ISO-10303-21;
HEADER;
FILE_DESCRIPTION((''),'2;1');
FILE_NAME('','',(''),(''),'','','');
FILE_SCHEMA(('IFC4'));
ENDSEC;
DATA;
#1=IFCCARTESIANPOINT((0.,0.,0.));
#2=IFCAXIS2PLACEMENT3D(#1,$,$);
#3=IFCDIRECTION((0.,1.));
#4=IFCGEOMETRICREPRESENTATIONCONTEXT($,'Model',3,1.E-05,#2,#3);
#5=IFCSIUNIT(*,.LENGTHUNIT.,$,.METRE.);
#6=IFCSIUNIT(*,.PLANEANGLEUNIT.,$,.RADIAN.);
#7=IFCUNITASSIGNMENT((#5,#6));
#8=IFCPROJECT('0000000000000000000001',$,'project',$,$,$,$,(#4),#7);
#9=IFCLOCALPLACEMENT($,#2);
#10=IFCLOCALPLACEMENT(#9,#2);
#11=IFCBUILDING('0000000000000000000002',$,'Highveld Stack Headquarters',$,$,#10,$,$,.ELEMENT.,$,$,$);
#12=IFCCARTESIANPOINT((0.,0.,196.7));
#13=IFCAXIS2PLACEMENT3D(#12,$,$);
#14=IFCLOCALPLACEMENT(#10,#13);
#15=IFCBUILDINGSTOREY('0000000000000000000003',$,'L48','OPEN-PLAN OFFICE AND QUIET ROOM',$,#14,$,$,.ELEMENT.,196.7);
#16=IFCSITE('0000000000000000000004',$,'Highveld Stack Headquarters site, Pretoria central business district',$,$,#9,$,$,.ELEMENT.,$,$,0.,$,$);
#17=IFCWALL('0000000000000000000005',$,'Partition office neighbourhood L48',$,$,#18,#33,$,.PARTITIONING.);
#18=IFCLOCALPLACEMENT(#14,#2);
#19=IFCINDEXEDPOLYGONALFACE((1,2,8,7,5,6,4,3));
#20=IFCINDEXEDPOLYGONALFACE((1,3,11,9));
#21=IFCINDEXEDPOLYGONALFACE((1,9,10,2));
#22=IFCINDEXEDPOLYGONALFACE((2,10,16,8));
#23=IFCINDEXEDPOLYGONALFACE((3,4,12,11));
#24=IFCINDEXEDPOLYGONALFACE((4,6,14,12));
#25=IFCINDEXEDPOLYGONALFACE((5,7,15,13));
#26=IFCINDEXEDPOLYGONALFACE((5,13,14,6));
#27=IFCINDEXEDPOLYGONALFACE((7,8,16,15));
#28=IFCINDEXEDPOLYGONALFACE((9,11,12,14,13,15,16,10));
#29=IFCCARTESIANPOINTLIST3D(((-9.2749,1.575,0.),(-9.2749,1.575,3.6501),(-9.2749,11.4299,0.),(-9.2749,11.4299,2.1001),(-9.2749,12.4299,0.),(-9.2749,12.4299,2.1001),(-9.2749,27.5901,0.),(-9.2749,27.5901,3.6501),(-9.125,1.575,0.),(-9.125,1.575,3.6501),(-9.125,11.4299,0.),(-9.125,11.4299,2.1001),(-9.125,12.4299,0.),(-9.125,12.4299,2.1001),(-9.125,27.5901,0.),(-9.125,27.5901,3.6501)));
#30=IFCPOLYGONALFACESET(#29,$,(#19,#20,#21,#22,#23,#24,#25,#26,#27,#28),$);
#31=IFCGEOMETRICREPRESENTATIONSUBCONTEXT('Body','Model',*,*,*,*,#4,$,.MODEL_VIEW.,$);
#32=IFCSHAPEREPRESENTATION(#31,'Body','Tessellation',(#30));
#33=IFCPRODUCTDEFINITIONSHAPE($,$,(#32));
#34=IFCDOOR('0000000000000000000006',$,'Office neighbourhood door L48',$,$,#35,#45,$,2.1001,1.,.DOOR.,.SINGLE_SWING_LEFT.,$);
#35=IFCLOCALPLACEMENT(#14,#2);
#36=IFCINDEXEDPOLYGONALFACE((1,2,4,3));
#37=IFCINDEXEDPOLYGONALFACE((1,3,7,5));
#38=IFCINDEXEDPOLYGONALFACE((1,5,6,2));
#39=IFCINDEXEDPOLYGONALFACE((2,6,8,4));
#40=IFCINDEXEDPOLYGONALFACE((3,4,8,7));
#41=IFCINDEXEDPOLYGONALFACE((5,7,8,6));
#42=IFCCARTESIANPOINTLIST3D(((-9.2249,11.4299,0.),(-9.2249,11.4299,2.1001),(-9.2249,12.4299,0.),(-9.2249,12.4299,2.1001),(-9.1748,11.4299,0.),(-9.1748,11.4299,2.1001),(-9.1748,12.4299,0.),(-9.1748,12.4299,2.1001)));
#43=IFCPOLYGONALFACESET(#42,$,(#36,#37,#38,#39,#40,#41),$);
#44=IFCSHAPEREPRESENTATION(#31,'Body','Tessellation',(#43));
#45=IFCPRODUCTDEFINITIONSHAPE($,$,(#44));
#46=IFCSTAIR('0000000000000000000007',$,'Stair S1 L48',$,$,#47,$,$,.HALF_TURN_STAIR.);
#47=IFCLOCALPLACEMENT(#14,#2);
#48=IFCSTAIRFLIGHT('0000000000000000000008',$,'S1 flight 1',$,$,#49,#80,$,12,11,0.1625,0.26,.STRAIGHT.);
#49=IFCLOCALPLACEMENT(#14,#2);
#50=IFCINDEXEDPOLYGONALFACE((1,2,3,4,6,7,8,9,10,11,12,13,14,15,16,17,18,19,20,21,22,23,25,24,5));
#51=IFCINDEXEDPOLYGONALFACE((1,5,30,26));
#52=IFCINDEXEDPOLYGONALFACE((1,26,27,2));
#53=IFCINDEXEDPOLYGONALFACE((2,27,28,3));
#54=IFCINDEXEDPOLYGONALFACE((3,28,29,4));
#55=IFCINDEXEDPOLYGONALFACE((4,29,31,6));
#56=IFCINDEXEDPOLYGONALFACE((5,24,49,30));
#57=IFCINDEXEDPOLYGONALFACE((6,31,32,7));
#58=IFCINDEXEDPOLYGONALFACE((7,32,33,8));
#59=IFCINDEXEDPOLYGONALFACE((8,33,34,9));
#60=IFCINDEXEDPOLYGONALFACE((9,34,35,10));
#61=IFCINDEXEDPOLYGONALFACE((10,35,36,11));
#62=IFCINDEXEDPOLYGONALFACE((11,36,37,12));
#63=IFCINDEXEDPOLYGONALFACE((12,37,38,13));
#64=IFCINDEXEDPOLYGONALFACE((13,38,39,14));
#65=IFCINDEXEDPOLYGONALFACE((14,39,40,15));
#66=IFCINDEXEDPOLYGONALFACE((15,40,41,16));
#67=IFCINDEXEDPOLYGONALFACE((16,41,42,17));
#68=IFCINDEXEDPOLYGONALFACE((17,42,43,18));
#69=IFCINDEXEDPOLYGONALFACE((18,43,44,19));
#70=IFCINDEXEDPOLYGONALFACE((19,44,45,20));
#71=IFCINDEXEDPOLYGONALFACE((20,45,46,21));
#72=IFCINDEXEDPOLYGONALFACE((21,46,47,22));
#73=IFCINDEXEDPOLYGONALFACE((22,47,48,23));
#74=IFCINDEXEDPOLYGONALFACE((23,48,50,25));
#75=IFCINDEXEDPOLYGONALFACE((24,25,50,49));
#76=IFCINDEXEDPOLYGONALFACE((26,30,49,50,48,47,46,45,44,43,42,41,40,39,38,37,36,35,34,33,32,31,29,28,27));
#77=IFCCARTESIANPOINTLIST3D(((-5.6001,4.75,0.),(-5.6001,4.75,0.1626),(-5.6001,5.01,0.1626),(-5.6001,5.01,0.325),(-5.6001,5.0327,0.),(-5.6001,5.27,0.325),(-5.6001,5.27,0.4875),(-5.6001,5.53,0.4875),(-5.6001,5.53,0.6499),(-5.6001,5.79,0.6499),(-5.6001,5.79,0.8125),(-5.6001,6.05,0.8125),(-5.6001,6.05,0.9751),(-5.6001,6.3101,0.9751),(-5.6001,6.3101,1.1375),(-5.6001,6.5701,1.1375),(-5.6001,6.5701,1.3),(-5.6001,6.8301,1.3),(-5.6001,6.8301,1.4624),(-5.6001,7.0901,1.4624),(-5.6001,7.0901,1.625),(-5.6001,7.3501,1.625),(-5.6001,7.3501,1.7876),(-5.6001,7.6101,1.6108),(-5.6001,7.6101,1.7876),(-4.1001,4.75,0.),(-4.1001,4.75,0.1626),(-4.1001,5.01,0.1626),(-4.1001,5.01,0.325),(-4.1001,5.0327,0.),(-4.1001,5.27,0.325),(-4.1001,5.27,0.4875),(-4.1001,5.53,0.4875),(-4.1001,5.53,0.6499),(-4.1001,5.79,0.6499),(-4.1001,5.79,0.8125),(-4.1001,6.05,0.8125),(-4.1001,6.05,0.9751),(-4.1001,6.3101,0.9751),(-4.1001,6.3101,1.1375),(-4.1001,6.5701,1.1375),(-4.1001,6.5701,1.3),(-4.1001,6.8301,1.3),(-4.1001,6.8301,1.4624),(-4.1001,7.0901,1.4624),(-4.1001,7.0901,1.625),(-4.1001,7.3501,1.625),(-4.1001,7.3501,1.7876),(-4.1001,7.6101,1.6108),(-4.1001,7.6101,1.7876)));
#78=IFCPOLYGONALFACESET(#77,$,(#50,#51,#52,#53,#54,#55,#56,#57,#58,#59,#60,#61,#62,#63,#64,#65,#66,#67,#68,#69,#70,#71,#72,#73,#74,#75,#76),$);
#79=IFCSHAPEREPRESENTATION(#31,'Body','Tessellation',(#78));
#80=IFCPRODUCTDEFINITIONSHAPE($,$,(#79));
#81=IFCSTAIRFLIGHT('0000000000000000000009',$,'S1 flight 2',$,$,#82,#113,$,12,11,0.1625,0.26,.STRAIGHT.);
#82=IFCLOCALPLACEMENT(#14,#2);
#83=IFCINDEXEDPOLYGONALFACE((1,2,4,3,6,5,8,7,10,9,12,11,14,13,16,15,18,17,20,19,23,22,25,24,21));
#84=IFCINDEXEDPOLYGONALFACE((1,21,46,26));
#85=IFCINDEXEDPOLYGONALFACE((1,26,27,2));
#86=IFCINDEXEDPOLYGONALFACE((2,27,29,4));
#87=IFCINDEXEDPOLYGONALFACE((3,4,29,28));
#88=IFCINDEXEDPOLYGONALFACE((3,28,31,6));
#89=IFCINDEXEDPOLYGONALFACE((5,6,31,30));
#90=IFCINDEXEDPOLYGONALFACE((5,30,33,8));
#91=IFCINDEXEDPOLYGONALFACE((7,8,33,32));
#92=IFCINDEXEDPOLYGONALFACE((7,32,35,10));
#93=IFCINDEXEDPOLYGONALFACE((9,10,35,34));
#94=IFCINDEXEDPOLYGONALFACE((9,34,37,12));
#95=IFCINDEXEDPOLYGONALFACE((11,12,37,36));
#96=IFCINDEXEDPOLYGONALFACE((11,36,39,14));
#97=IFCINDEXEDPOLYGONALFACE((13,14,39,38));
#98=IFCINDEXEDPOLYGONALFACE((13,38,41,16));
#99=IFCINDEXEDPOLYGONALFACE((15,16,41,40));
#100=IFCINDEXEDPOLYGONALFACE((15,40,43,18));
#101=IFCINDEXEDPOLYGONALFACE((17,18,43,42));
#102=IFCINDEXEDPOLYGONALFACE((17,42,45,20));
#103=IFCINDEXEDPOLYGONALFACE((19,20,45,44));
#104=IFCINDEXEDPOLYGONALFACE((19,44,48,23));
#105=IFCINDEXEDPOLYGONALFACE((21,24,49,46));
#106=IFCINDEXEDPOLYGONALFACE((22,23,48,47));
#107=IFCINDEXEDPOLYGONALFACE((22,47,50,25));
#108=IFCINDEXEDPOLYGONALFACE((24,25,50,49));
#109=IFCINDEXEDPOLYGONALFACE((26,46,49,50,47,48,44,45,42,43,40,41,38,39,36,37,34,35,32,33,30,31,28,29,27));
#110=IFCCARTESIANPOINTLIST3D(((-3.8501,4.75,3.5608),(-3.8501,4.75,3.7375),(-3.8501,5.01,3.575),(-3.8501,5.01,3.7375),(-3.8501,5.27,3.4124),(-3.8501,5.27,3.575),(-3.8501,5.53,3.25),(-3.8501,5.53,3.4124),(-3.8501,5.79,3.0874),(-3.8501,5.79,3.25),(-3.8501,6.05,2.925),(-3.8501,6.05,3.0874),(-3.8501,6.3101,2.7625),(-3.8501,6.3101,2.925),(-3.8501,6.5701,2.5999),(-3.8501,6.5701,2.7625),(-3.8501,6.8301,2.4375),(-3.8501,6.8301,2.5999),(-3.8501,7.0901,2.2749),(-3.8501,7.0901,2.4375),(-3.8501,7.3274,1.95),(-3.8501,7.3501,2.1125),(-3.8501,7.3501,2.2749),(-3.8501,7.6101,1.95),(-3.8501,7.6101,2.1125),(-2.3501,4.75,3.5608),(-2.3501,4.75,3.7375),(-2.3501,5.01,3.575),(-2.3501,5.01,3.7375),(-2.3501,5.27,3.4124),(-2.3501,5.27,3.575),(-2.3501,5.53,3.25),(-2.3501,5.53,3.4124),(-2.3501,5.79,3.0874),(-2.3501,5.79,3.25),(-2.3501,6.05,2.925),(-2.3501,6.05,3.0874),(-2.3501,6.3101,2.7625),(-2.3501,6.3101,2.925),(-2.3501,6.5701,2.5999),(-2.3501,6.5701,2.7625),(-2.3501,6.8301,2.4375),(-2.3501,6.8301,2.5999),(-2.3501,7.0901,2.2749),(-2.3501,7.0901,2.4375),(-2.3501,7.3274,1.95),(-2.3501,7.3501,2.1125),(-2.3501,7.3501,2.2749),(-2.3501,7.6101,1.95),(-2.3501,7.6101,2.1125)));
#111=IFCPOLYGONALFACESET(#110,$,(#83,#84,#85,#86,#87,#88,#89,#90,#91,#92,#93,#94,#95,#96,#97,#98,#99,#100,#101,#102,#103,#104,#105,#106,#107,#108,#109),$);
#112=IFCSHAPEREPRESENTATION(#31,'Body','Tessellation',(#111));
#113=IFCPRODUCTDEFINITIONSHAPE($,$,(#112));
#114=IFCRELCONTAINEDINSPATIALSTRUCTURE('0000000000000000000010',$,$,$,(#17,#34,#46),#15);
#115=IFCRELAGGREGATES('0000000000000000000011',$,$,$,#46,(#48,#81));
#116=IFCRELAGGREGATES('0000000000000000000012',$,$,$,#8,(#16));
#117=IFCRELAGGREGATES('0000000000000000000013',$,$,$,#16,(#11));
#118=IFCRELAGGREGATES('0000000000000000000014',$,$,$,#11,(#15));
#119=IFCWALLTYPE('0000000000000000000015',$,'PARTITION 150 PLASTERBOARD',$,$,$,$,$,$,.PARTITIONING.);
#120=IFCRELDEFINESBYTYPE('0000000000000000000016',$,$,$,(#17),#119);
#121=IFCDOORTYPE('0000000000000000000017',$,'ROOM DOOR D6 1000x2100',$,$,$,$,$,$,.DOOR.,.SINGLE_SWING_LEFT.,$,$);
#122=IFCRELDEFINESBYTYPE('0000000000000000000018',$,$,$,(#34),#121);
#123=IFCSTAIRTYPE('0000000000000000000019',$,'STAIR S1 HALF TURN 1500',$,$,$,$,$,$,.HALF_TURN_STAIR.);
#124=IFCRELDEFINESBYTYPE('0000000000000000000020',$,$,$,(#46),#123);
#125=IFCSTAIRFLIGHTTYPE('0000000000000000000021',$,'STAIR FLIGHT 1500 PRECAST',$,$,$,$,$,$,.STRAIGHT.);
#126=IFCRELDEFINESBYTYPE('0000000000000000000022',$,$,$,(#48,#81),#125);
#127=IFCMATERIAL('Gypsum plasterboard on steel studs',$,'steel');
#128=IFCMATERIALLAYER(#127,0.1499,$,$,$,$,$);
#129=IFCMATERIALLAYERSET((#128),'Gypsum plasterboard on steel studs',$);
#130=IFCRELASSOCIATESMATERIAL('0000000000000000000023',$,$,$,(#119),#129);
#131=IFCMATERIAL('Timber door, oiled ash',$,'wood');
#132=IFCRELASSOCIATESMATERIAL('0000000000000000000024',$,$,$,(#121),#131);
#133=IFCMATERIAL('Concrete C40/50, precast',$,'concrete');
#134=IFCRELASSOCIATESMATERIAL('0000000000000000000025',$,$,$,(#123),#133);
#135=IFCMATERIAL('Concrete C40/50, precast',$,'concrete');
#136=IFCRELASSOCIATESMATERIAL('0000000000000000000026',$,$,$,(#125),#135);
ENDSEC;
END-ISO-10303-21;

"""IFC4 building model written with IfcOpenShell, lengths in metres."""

from ifc_helpers import new_model, si_unit, direction, frame, frame_2d, origin, place, context, subcontext, project, spatial, polyline, rectangle, outline, extrude, material, layer, layer_set, type_object, element, fill, aggregate, save


model = new_model("IFC4")

# Units and contexts
model_context = context("Model", 3, precision=1e-05, world=origin(), true_north=direction((0.0, 1.0)))
body_context = subcontext(model_context, "Body", "Model", "MODEL_VIEW")
ifc_project = project(units=[si_unit("LENGTHUNIT", "METRE"), si_unit("PLANEANGLEUNIT", "RADIAN")], contexts=[model_context])

# Site, building, storey
site_placement = place(None, origin())
site = spatial("IfcSite", under=ifc_project, at=site_placement, Name="Highveld Stack Headquarters site, Pretoria central business district", CompositionType="ELEMENT", RefElevation=0.0)
building_placement = place(site_placement, origin())
building = spatial("IfcBuilding", under=site, at=building_placement, Name="Highveld Stack Headquarters", CompositionType="ELEMENT")
storey_placement = place(building_placement, frame((0.0, 0.0, 196.7)))
storey = spatial("IfcBuildingStorey", under=building, at=storey_placement, Name="L48", Description="OPEN-PLAN OFFICE AND QUIET ROOM", CompositionType="ELEMENT", Elevation=196.7)

# Wall, opening, door
ifc_material_1 = material(Name="Gypsum plasterboard on steel studs", Category="steel")
ifc_layer_1 = layer(ifc_material_1, 0.1499)
ifc_layer_set_1 = layer_set([ifc_layer_1], Name="Gypsum plasterboard on steel studs")
wall_type_1 = type_object("IfcWallType", Name="PARTITION 150 PLASTERBOARD", PredefinedType="PARTITIONING", material=ifc_layer_set_1)
ifc_material_2 = material(Name="Timber door, oiled ash", Category="wood")
door_type_1 = type_object("IfcDoorType", Name="ROOM DOOR D6 1000x2100", OperationType="SINGLE_SWING_LEFT", PredefinedType="DOOR", material=ifc_material_2)
wall_1_placement = place(storey_placement, frame((-9.2, 1.575, 0.0), z_axis=(0.0, 0.0, 1.0), x_axis=(0.0, 1.0, 0.0)))
wall_1 = element("IfcWall", 1, at=wall_1_placement, inside=storey, type_object=wall_type_1, Name="Partition office neighbourhood L48", PredefinedType="PARTITIONING", context=body_context, shape_type="SweptSolid", body=[
    extrude(rectangle(XDim=26.0151, YDim=0.1499, at=frame_2d((13.0076, 0.0))), origin(), (0.0, 0.0, 1.0), 3.6501),
])
opening_1_placement = place(wall_1_placement, frame((9.855, 0.0, 0.0)))
opening_1 = element("IfcOpeningElement", 2, at=opening_1_placement, cuts=wall_1, PredefinedType="OPENING", context=body_context, shape_type="SweptSolid", body=[
    extrude(rectangle(XDim=1.0, YDim=2.1001, at=frame_2d((0.5, 1.05))), frame((0.0, 0.085, 0.0), z_axis=(0.0, -1.0, 0.0), x_axis=(1.0, 0.0, 0.0)), (0.0, 0.0, 1.0), 0.1699),
])
door_1_placement = place(opening_1_placement, origin())
door_1 = element("IfcDoor", 3, at=door_1_placement, inside=storey, type_object=door_type_1, Name="Office neighbourhood door L48", OperationType="SINGLE_SWING_LEFT", OverallHeight=2.1001, OverallWidth=1.0, PredefinedType="DOOR", context=body_context, shape_type="SweptSolid", body=[
    extrude(rectangle(XDim=1.0, YDim=2.1001, at=frame_2d((0.5, 1.05))), frame((0.0, 0.0249, 0.0), z_axis=(0.0, -1.0, 0.0), x_axis=(1.0, 0.0, 0.0)), (0.0, 0.0, 1.0), 0.05),
])
fill(opening_1, door_1)

# Stair, stair flights
ifc_material_3 = material(Name="Concrete C40/50, precast", Category="concrete")
stair_type = type_object("IfcStairType", Name="STAIR S1 HALF TURN 1500", PredefinedType="HALF_TURN_STAIR", material=ifc_material_3)
stair_placement = place(storey_placement, origin())
stair = element("IfcStair", 4, at=stair_placement, inside=storey, type_object=stair_type, Name="Stair S1 L48", PredefinedType="HALF_TURN_STAIR")
ifc_material_4 = material(Name="Concrete C40/50, precast", Category="concrete")
stair_flight_type = type_object("IfcStairFlightType", Name="STAIR FLIGHT 1500 PRECAST", PredefinedType="STRAIGHT", material=ifc_material_4)
stair_flight_1_placement = place(storey_placement, frame((-4.8501, 4.75, 0.0), z_axis=(0.0, 0.0, 1.0), x_axis=(0.0, 1.0, 0.0)))
stair_flight_1 = element("IfcStairFlight", 5, at=stair_flight_1_placement, type_object=stair_flight_type, Name="S1 flight 1", NumberOfRisers=12, NumberOfTreads=11, PredefinedType="STRAIGHT", RiserHeight=0.1625, TreadLength=0.26, context=body_context, shape_type="SweptSolid", body=[
    extrude(outline(polyline([(0.0, 0.0), (0.0, 0.1626), (0.26, 0.1626), (0.26, 0.325), (0.52, 0.325), (0.52, 0.4875), (0.78, 0.4875), (0.78, 0.6499), (1.04, 0.6499), (1.04, 0.8125), (1.3, 0.8125), (1.3, 0.9751), (1.5601, 0.9751), (1.5601, 1.1375), (1.8201, 1.1375), (1.8201, 1.3), (2.0801, 1.3), (2.0801, 1.4624), (2.3401, 1.4624), (2.3401, 1.625), (2.6001, 1.625), (2.6001, 1.7876), (2.8601, 1.7876), (2.8601, 1.95), (2.8601, 1.6108), (0.2827, 0.0), (0.0, 0.0)])), frame((0.0, 0.75, 0.0), z_axis=(0.0, -1.0, 0.0), x_axis=(1.0, 0.0, 0.0)), (0.0, 0.0, 1.0), 1.5),
])
stair_flight_2_placement = place(storey_placement, frame((-3.1001, 7.6101, 1.95), z_axis=(0.0, 0.0, 1.0), x_axis=(0.0, -1.0, 0.0)))
stair_flight_2 = element("IfcStairFlight", 6, at=stair_flight_2_placement, type_object=stair_flight_type, Name="S1 flight 2", NumberOfRisers=12, NumberOfTreads=11, PredefinedType="STRAIGHT", RiserHeight=0.1625, TreadLength=0.26, context=body_context, shape_type="SweptSolid", body=[
    extrude(outline(polyline([(0.0, 0.0), (0.0, 0.1626), (0.26, 0.1626), (0.26, 0.325), (0.52, 0.325), (0.52, 0.4875), (0.78, 0.4875), (0.78, 0.6499), (1.04, 0.6499), (1.04, 0.8125), (1.3, 0.8125), (1.3, 0.9751), (1.5601, 0.9751), (1.5601, 1.1375), (1.8201, 1.1375), (1.8201, 1.3), (2.0801, 1.3), (2.0801, 1.4624), (2.3401, 1.4624), (2.3401, 1.625), (2.6001, 1.625), (2.6001, 1.7876), (2.8601, 1.7876), (2.8601, 1.95), (2.8601, 1.6108), (0.2827, 0.0), (0.0, 0.0)])), frame((0.0, 0.75, 0.0), z_axis=(0.0, -1.0, 0.0), x_axis=(1.0, 0.0, 0.0)), (0.0, 0.0, 1.0), 1.5),
])
aggregate(stair, [stair_flight_1, stair_flight_2])

save(model, "model.ifc")
